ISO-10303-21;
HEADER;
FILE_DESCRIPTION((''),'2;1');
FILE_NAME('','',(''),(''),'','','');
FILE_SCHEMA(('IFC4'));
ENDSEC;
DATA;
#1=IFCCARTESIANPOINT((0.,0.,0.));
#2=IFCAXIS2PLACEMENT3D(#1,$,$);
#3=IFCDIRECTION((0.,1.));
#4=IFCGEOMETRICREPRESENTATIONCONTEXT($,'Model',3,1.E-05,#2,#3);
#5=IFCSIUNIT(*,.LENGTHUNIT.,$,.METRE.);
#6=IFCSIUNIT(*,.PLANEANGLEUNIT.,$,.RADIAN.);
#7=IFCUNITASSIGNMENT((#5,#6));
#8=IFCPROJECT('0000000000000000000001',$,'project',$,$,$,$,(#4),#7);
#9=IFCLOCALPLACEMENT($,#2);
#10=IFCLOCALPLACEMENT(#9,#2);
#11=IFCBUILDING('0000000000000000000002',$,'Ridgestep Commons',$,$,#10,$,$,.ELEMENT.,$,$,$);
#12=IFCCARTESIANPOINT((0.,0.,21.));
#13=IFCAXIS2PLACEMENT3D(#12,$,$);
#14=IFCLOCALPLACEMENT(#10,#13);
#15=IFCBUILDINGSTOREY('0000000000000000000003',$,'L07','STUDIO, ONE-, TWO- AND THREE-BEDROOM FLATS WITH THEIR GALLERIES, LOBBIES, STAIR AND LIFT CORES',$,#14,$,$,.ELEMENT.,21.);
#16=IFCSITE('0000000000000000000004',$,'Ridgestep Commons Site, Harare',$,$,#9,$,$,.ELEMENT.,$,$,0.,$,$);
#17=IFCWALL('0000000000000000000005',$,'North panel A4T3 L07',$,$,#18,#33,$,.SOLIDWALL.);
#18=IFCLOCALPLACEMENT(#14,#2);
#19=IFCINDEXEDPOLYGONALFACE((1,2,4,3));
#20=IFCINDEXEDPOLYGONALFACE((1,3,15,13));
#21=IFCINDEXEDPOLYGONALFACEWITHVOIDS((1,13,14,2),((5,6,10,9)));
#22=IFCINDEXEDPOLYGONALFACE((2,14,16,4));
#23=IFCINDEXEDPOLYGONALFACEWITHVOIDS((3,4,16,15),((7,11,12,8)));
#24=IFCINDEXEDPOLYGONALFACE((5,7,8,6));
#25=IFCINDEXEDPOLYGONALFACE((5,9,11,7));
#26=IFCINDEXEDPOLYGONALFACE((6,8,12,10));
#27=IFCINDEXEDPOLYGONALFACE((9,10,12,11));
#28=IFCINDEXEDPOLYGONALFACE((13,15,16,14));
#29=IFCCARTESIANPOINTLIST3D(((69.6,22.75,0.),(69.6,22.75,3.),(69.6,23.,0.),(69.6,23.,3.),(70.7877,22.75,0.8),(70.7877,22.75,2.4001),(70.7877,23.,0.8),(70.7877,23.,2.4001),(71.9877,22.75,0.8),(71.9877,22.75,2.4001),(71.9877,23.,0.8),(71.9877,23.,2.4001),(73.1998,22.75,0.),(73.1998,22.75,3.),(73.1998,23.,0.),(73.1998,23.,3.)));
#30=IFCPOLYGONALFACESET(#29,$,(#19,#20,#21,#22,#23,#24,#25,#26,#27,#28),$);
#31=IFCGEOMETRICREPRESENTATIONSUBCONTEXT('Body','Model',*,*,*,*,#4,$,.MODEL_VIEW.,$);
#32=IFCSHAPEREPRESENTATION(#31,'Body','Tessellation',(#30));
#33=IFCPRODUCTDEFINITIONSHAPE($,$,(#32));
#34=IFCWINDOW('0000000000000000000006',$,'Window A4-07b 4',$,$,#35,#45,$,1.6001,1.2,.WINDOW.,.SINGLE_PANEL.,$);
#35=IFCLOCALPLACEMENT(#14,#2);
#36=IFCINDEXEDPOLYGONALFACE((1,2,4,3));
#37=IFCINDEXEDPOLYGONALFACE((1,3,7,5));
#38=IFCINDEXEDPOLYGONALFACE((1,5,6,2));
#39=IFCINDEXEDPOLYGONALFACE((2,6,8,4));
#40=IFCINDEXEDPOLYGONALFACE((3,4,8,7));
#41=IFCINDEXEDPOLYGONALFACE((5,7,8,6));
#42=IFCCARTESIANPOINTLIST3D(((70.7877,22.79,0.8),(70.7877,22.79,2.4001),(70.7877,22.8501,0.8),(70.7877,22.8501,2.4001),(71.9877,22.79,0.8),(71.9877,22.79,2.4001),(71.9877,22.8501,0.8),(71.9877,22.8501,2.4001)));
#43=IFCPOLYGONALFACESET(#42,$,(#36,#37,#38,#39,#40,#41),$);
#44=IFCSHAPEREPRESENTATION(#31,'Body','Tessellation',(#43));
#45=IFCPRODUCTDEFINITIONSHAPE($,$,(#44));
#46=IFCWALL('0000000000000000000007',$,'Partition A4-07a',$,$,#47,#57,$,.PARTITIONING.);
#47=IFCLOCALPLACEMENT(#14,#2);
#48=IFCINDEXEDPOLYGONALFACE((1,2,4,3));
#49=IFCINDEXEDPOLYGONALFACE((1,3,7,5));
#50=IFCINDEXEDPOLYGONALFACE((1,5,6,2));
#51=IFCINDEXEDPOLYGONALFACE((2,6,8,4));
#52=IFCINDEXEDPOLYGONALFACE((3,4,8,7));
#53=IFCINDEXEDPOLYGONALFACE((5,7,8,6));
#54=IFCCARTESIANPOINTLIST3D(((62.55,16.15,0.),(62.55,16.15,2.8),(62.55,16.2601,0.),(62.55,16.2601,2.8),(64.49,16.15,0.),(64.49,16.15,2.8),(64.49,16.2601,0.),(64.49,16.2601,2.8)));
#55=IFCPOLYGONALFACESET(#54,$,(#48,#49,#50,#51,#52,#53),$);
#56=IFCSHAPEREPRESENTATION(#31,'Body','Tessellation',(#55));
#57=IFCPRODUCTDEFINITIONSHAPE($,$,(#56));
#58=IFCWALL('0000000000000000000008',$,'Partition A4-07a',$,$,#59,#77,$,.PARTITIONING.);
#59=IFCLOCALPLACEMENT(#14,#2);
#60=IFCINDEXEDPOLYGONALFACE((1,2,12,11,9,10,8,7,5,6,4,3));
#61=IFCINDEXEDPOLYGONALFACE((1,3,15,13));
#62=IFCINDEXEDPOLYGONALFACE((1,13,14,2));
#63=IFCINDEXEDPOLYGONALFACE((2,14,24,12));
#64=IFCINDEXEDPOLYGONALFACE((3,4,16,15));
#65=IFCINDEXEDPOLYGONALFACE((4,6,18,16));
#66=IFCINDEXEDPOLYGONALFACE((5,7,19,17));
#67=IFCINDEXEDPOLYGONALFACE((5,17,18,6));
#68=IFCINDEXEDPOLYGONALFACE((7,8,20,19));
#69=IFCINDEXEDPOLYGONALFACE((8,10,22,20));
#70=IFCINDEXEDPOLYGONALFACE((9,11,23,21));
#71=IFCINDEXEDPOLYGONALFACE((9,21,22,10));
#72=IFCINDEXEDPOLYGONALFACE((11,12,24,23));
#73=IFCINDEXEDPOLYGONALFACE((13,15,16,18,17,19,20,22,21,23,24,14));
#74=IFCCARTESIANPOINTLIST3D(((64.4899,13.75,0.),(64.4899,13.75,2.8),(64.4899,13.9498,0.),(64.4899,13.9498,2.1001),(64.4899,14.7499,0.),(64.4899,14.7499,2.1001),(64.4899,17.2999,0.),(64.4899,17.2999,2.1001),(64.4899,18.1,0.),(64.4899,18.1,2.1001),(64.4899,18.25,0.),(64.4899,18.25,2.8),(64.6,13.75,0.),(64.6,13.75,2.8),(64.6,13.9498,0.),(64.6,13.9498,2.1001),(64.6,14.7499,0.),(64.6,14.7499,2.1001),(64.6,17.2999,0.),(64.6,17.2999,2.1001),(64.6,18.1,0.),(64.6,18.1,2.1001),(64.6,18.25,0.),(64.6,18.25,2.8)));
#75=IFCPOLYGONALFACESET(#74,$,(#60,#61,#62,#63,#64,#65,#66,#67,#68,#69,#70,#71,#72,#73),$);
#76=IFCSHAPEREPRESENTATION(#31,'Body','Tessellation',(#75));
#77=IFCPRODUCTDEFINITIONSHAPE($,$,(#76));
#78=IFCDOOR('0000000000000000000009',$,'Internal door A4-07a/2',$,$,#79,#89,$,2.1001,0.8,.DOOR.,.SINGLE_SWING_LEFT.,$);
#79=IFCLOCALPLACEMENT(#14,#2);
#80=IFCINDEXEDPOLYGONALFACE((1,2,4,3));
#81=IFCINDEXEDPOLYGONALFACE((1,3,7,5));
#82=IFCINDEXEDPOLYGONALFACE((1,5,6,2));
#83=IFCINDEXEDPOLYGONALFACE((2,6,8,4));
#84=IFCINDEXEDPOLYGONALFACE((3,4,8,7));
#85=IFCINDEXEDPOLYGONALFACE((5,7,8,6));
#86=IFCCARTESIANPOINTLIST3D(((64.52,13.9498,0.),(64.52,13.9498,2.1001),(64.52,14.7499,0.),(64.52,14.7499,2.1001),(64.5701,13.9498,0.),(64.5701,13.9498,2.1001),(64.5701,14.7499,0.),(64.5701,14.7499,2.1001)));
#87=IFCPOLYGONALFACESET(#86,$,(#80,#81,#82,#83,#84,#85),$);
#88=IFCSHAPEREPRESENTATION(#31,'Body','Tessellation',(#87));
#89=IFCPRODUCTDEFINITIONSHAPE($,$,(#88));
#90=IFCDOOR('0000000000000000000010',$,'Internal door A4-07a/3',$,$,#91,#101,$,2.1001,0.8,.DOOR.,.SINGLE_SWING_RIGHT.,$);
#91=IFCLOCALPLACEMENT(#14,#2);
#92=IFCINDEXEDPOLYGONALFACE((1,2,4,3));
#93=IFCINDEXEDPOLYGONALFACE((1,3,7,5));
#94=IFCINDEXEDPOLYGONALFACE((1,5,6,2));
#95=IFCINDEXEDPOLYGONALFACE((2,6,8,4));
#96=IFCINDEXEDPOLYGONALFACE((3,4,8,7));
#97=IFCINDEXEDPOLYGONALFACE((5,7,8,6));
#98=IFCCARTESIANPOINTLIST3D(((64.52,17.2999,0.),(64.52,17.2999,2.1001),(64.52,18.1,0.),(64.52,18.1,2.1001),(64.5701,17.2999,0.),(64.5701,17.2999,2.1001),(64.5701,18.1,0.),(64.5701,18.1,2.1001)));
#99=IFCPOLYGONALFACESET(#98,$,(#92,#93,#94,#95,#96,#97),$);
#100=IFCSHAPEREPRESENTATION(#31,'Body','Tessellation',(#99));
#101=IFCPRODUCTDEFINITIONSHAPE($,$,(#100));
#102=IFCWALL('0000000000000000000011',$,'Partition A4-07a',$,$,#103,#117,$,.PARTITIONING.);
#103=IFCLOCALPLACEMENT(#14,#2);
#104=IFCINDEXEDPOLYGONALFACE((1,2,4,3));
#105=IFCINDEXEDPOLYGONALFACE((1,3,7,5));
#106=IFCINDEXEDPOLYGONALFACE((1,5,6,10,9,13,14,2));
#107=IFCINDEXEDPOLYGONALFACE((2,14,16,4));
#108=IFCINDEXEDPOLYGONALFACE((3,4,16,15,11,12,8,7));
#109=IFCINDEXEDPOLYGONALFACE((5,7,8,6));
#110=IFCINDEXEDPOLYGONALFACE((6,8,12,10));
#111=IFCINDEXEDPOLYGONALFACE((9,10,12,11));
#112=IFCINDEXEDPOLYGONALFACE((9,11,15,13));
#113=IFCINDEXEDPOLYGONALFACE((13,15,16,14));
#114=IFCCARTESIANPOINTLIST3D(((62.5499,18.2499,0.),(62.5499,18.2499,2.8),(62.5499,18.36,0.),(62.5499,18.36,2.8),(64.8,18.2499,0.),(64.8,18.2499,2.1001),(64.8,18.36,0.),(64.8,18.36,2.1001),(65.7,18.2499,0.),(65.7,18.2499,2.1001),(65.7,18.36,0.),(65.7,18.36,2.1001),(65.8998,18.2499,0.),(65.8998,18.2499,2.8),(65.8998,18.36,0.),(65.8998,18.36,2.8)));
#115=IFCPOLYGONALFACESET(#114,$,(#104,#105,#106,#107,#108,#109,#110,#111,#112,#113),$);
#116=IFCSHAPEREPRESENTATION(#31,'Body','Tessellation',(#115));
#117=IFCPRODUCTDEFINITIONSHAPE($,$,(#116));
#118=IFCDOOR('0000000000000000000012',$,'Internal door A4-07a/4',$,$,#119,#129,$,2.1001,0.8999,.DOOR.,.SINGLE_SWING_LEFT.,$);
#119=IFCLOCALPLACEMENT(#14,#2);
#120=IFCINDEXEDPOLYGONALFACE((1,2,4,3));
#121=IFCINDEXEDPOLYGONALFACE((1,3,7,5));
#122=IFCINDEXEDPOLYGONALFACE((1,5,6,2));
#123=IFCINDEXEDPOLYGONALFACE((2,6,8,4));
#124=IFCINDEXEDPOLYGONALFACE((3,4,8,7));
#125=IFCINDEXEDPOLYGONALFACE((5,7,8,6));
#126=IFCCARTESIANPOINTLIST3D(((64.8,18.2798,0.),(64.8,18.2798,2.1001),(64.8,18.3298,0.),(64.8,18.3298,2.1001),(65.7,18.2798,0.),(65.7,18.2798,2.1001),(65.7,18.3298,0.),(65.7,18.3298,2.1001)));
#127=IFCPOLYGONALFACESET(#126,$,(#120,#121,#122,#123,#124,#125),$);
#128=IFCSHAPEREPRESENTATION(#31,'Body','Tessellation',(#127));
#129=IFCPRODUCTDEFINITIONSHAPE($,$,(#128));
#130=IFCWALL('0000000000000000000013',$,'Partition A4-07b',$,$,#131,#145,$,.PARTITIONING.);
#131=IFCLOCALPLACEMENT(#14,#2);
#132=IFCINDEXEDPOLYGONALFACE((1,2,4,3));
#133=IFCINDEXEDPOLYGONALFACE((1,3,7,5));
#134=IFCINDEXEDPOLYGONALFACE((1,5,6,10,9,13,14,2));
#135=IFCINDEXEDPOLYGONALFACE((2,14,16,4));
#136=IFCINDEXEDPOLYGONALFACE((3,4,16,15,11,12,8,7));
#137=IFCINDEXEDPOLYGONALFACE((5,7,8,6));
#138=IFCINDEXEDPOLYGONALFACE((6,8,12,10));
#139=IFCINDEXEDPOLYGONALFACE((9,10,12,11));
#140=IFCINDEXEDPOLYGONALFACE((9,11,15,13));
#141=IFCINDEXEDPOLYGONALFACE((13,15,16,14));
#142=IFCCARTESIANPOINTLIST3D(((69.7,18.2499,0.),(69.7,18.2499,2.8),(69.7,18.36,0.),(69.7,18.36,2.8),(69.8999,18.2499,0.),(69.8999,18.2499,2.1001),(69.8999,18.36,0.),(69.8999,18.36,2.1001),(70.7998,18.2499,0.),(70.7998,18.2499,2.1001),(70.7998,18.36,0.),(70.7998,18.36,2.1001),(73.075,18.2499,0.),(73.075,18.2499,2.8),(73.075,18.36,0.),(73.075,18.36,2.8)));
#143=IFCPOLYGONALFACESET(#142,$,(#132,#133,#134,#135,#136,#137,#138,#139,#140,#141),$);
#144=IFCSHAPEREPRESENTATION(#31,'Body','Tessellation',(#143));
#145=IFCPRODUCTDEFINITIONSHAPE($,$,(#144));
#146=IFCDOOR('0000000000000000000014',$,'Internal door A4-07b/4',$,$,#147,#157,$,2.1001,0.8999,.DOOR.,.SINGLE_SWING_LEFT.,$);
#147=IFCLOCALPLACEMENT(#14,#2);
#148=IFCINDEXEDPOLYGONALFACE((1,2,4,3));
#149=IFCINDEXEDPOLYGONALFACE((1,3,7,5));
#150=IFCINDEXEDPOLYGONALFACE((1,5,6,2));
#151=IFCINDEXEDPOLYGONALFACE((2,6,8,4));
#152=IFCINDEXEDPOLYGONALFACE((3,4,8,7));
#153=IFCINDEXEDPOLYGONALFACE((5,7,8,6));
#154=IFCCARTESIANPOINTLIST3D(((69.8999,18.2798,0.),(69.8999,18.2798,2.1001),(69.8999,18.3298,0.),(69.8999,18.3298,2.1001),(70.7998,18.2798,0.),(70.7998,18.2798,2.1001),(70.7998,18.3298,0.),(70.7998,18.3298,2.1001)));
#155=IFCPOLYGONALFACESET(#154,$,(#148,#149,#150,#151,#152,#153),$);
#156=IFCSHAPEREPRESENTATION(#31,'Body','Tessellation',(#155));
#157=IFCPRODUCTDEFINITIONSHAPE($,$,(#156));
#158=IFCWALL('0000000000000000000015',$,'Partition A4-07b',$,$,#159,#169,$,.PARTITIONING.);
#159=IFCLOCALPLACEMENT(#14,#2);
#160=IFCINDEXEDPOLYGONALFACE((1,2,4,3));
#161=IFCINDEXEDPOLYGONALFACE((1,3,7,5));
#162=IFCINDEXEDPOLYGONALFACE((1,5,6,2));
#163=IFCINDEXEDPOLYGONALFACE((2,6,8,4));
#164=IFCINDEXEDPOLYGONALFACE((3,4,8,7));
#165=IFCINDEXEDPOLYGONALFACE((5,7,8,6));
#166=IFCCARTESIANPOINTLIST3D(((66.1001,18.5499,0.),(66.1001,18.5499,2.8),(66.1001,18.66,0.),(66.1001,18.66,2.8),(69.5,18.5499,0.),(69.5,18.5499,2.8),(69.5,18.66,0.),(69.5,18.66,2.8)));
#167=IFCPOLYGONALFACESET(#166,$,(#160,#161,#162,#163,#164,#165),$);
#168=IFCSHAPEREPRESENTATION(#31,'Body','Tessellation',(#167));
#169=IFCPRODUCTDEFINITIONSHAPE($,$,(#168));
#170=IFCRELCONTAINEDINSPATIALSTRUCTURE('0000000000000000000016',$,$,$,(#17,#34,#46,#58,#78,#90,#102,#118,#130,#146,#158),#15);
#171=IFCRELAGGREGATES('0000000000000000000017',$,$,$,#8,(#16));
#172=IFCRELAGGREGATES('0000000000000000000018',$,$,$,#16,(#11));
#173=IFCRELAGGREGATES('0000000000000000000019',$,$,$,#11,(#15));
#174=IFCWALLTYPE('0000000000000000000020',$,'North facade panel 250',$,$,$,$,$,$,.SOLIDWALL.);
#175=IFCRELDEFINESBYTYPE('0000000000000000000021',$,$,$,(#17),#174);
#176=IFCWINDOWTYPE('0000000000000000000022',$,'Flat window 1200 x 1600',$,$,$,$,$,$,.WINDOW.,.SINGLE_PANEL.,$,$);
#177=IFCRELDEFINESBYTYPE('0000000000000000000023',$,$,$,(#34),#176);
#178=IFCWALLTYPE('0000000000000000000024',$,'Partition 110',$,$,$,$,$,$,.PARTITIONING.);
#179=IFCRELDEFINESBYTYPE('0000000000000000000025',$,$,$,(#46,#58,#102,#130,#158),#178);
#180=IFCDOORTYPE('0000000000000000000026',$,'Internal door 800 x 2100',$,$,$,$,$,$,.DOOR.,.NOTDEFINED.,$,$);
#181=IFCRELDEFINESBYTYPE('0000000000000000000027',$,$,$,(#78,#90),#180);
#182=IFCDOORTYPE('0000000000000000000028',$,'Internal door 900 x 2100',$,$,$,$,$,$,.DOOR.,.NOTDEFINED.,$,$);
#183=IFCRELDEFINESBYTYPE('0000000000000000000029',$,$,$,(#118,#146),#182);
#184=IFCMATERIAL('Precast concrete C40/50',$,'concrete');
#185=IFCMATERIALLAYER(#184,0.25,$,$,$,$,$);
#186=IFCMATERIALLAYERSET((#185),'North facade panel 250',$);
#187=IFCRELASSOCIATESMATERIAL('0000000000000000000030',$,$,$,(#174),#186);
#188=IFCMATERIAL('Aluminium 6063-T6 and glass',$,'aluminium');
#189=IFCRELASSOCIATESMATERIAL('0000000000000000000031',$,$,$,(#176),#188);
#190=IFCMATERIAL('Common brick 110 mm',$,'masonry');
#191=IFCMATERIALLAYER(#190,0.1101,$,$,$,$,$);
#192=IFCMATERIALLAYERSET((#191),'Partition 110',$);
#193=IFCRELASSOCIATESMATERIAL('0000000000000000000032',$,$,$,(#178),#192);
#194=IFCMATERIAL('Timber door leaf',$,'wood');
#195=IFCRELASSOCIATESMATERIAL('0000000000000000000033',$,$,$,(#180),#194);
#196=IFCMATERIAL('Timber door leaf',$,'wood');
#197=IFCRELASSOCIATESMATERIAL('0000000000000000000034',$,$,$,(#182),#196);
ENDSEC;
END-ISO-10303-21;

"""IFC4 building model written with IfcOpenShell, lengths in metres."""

from ifc_helpers import new_model, si_unit, direction, frame, frame_2d, origin, place, context, subcontext, project, spatial, rectangle, extrude, material, layer, layer_set, type_object, element, fill, save


model = new_model("IFC4")

# Units and contexts
model_context = context("Model", 3, precision=1e-05, world=origin(), true_north=direction((0.0, 1.0)))
body_context = subcontext(model_context, "Body", "Model", "MODEL_VIEW")
ifc_project = project(units=[si_unit("LENGTHUNIT", "METRE"), si_unit("PLANEANGLEUNIT", "RADIAN")], contexts=[model_context])

# Site, building, storey
site_placement = place(None, origin())
site = spatial("IfcSite", under=ifc_project, at=site_placement, Name="Ridgestep Commons Site, Harare", CompositionType="ELEMENT", RefElevation=0.0)
building_placement = place(site_placement, origin())
building = spatial("IfcBuilding", under=site, at=building_placement, Name="Ridgestep Commons", CompositionType="ELEMENT")
storey_placement = place(building_placement, frame((0.0, 0.0, 21.0)))
storey = spatial("IfcBuildingStorey", under=building, at=storey_placement, Name="L07", Description="STUDIO, ONE-, TWO- AND THREE-BEDROOM FLATS WITH THEIR GALLERIES, LOBBIES, STAIR AND LIFT CORES", CompositionType="ELEMENT", Elevation=21.0)

# Shared definitions
ifc_material_1 = material(Name="Precast concrete C40/50", Category="concrete")
ifc_layer_1 = layer(ifc_material_1, 0.25)
ifc_layer_set_1 = layer_set([ifc_layer_1], Name="North facade panel 250")
wall_type_1 = type_object("IfcWallType", Name="North facade panel 250", PredefinedType="SOLIDWALL", material=ifc_layer_set_1)
ifc_material_2 = material(Name="Aluminium 6063-T6 and glass", Category="aluminium")
window_type_1 = type_object("IfcWindowType", Name="Flat window 1200 x 1600", PartitioningType="SINGLE_PANEL", PredefinedType="WINDOW", material=ifc_material_2)

# Wall, opening, window
wall_1_placement = place(storey_placement, frame((69.6001, 22.875, 0.0), z_axis=(0.0, 0.0, 1.0), x_axis=(1.0, 0.0, 0.0)))
wall_1 = element("IfcWall", 1, at=wall_1_placement, inside=storey, type_object=wall_type_1, Name="North panel A4T3 L07", PredefinedType="SOLIDWALL", context=body_context, shape_type="SweptSolid", body=[
    extrude(rectangle(XDim=3.5999, YDim=0.25, at=frame_2d((1.7998, 0.0))), origin(), (0.0, 0.0, 1.0), 3.0),
])
opening_1_placement = place(wall_1_placement, frame((1.1875, 0.0, 0.8)))
opening_1 = element("IfcOpeningElement", 2, at=opening_1_placement, cuts=wall_1, PredefinedType="OPENING", context=body_context, shape_type="SweptSolid", body=[
    extrude(rectangle(XDim=1.2, YDim=1.6001, at=frame_2d((0.6001, 0.8))), frame((0.0, 0.135, 0.0), z_axis=(0.0, -1.0, 0.0), x_axis=(1.0, 0.0, 0.0)), (0.0, 0.0, 1.0), 0.27),
])
window_1_placement = place(opening_1_placement, origin())
window_1 = element("IfcWindow", 3, at=window_1_placement, inside=storey, type_object=window_type_1, Name="Window A4-07b 4", OverallHeight=1.6001, OverallWidth=1.2, PartitioningType="SINGLE_PANEL", PredefinedType="WINDOW", context=body_context, shape_type="SweptSolid", body=[
    extrude(rectangle(XDim=1.2, YDim=1.6001, at=frame_2d((0.6001, 0.8))), frame((0.0, -0.0249, 0.0), z_axis=(0.0, -1.0, 0.0), x_axis=(1.0, 0.0, 0.0)), (0.0, 0.0, 1.0), 0.0601),
])
fill(opening_1, window_1)

# Wall
ifc_material_3 = material(Name="Common brick 110 mm", Category="masonry")
ifc_layer_2 = layer(ifc_material_3, 0.1101)
ifc_layer_set_2 = layer_set([ifc_layer_2], Name="Partition 110")
wall_type_2 = type_object("IfcWallType", Name="Partition 110", PredefinedType="PARTITIONING", material=ifc_layer_set_2)
wall_2_placement = place(storey_placement, frame((62.55, 16.2051, 0.0), z_axis=(0.0, 0.0, 1.0), x_axis=(1.0, 0.0, 0.0)))
element("IfcWall", 4, at=wall_2_placement, inside=storey, type_object=wall_type_2, Name="Partition A4-07a", PredefinedType="PARTITIONING", context=body_context, shape_type="SweptSolid", body=[
    extrude(rectangle(XDim=1.9399, YDim=0.1101, at=frame_2d((0.97, 0.0))), origin(), (0.0, 0.0, 1.0), 2.8),
])

# Wall, openings, doors
wall_3_placement = place(storey_placement, frame((64.5449, 13.75, 0.0), z_axis=(0.0, 0.0, 1.0), x_axis=(0.0, 1.0, 0.0)))
wall_3 = element("IfcWall", 5, at=wall_3_placement, inside=storey, type_object=wall_type_2, Name="Partition A4-07a", PredefinedType="PARTITIONING", context=body_context, shape_type="SweptSolid", body=[
    extrude(rectangle(XDim=4.5, YDim=0.1101, at=frame_2d((2.25, 0.0))), origin(), (0.0, 0.0, 1.0), 2.8),
])
opening_2_placement = place(wall_3_placement, frame((0.2, 0.0, 0.0)))
opening_2 = element("IfcOpeningElement", 6, at=opening_2_placement, cuts=wall_3, PredefinedType="OPENING", context=body_context, shape_type="SweptSolid", body=[
    extrude(rectangle(XDim=0.8, YDim=2.1001, at=frame_2d((0.3999, 1.05))), frame((0.0, 0.0649, 0.0), z_axis=(0.0, -1.0, 0.0), x_axis=(1.0, 0.0, 0.0)), (0.0, 0.0, 1.0), 0.1301),
])
opening_3_placement = place(wall_3_placement, frame((3.55, 0.0, 0.0)))
opening_3 = element("IfcOpeningElement", 7, at=opening_3_placement, cuts=wall_3, PredefinedType="OPENING", context=body_context, shape_type="SweptSolid", body=[
    extrude(rectangle(XDim=0.8, YDim=2.1001, at=frame_2d((0.3999, 1.05))), frame((0.0, 0.0649, 0.0), z_axis=(0.0, -1.0, 0.0), x_axis=(1.0, 0.0, 0.0)), (0.0, 0.0, 1.0), 0.1301),
])
ifc_material_4 = material(Name="Timber door leaf", Category="wood")
door_type_1 = type_object("IfcDoorType", Name="Internal door 800 x 2100", OperationType="NOTDEFINED", PredefinedType="DOOR", material=ifc_material_4)
door_1_placement = place(opening_2_placement, origin())
door_1 = element("IfcDoor", 8, at=door_1_placement, inside=storey, type_object=door_type_1, Name="Internal door A4-07a/2", OperationType="SINGLE_SWING_LEFT", OverallHeight=2.1001, OverallWidth=0.8, PredefinedType="DOOR", context=body_context, shape_type="SweptSolid", body=[
    extrude(rectangle(XDim=0.8, YDim=2.1001, at=frame_2d((0.3999, 1.05))), frame((0.0, 0.0249, 0.0), z_axis=(0.0, -1.0, 0.0), x_axis=(1.0, 0.0, 0.0)), (0.0, 0.0, 1.0), 0.05),
])
fill(opening_2, door_1)
door_2_placement = place(opening_3_placement, origin())
door_2 = element("IfcDoor", 9, at=door_2_placement, inside=storey, type_object=door_type_1, Name="Internal door A4-07a/3", OperationType="SINGLE_SWING_RIGHT", OverallHeight=2.1001, OverallWidth=0.8, PredefinedType="DOOR", context=body_context, shape_type="SweptSolid", body=[
    extrude(rectangle(XDim=0.8, YDim=2.1001, at=frame_2d((0.3999, 1.05))), frame((0.0, 0.0249, 0.0), z_axis=(0.0, -1.0, 0.0), x_axis=(1.0, 0.0, 0.0)), (0.0, 0.0, 1.0), 0.05),
])
fill(opening_3, door_2)

# Walls, openings, doors
wall_4_placement = place(storey_placement, frame((62.55, 18.3049, 0.0), z_axis=(0.0, 0.0, 1.0), x_axis=(1.0, 0.0, 0.0)))
wall_4 = element("IfcWall", 10, at=wall_4_placement, inside=storey, type_object=wall_type_2, Name="Partition A4-07a", PredefinedType="PARTITIONING", context=body_context, shape_type="SweptSolid", body=[
    extrude(rectangle(XDim=3.3499, YDim=0.1101, at=frame_2d((1.6748, 0.0))), origin(), (0.0, 0.0, 1.0), 2.8),
])
opening_4_placement = place(wall_4_placement, frame((2.25, 0.0, 0.0)))
opening_4 = element("IfcOpeningElement", 11, at=opening_4_placement, cuts=wall_4, PredefinedType="OPENING", context=body_context, shape_type="SweptSolid", body=[
    extrude(rectangle(XDim=0.8999, YDim=2.1001, at=frame_2d((0.45, 1.05))), frame((0.0, 0.0649, 0.0), z_axis=(0.0, -1.0, 0.0), x_axis=(1.0, 0.0, 0.0)), (0.0, 0.0, 1.0), 0.1301),
])
ifc_material_5 = material(Name="Timber door leaf", Category="wood")
door_type_2 = type_object("IfcDoorType", Name="Internal door 900 x 2100", OperationType="NOTDEFINED", PredefinedType="DOOR", material=ifc_material_5)
door_3_placement = place(opening_4_placement, origin())
door_3 = element("IfcDoor", 12, at=door_3_placement, inside=storey, type_object=door_type_2, Name="Internal door A4-07a/4", OperationType="SINGLE_SWING_LEFT", OverallHeight=2.1001, OverallWidth=0.8999, PredefinedType="DOOR", context=body_context, shape_type="SweptSolid", body=[
    extrude(rectangle(XDim=0.8999, YDim=2.1001, at=frame_2d((0.45, 1.05))), frame((0.0, 0.0249, 0.0), z_axis=(0.0, -1.0, 0.0), x_axis=(1.0, 0.0, 0.0)), (0.0, 0.0, 1.0), 0.05),
])
fill(opening_4, door_3)
wall_5_placement = place(storey_placement, frame((69.7, 18.3049, 0.0), z_axis=(0.0, 0.0, 1.0), x_axis=(1.0, 0.0, 0.0)))
wall_5 = element("IfcWall", 13, at=wall_5_placement, inside=storey, type_object=wall_type_2, Name="Partition A4-07b", PredefinedType="PARTITIONING", context=body_context, shape_type="SweptSolid", body=[
    extrude(rectangle(XDim=3.375, YDim=0.1101, at=frame_2d((1.6875, 0.0))), origin(), (0.0, 0.0, 1.0), 2.8),
])
opening_5_placement = place(wall_5_placement, frame((0.2, 0.0, 0.0)))
opening_5 = element("IfcOpeningElement", 14, at=opening_5_placement, cuts=wall_5, PredefinedType="OPENING", context=body_context, shape_type="SweptSolid", body=[
    extrude(rectangle(XDim=0.8999, YDim=2.1001, at=frame_2d((0.45, 1.05))), frame((0.0, 0.0649, 0.0), z_axis=(0.0, -1.0, 0.0), x_axis=(1.0, 0.0, 0.0)), (0.0, 0.0, 1.0), 0.1301),
])
door_4_placement = place(opening_5_placement, origin())
door_4 = element("IfcDoor", 15, at=door_4_placement, inside=storey, type_object=door_type_2, Name="Internal door A4-07b/4", OperationType="SINGLE_SWING_LEFT", OverallHeight=2.1001, OverallWidth=0.8999, PredefinedType="DOOR", context=body_context, shape_type="SweptSolid", body=[
    extrude(rectangle(XDim=0.8999, YDim=2.1001, at=frame_2d((0.45, 1.05))), frame((0.0, 0.0249, 0.0), z_axis=(0.0, -1.0, 0.0), x_axis=(1.0, 0.0, 0.0)), (0.0, 0.0, 1.0), 0.05),
])
fill(opening_5, door_4)

# Wall
wall_6_placement = place(storey_placement, frame((66.1001, 18.605, 0.0), z_axis=(0.0, 0.0, 1.0), x_axis=(1.0, 0.0, 0.0)))
element("IfcWall", 16, at=wall_6_placement, inside=storey, type_object=wall_type_2, Name="Partition A4-07b", PredefinedType="PARTITIONING", context=body_context, shape_type="SweptSolid", body=[
    extrude(rectangle(XDim=3.3999, YDim=0.1101, at=frame_2d((1.7, 0.0))), origin(), (0.0, 0.0, 1.0), 2.8),
])

save(model, "model.ifc")
